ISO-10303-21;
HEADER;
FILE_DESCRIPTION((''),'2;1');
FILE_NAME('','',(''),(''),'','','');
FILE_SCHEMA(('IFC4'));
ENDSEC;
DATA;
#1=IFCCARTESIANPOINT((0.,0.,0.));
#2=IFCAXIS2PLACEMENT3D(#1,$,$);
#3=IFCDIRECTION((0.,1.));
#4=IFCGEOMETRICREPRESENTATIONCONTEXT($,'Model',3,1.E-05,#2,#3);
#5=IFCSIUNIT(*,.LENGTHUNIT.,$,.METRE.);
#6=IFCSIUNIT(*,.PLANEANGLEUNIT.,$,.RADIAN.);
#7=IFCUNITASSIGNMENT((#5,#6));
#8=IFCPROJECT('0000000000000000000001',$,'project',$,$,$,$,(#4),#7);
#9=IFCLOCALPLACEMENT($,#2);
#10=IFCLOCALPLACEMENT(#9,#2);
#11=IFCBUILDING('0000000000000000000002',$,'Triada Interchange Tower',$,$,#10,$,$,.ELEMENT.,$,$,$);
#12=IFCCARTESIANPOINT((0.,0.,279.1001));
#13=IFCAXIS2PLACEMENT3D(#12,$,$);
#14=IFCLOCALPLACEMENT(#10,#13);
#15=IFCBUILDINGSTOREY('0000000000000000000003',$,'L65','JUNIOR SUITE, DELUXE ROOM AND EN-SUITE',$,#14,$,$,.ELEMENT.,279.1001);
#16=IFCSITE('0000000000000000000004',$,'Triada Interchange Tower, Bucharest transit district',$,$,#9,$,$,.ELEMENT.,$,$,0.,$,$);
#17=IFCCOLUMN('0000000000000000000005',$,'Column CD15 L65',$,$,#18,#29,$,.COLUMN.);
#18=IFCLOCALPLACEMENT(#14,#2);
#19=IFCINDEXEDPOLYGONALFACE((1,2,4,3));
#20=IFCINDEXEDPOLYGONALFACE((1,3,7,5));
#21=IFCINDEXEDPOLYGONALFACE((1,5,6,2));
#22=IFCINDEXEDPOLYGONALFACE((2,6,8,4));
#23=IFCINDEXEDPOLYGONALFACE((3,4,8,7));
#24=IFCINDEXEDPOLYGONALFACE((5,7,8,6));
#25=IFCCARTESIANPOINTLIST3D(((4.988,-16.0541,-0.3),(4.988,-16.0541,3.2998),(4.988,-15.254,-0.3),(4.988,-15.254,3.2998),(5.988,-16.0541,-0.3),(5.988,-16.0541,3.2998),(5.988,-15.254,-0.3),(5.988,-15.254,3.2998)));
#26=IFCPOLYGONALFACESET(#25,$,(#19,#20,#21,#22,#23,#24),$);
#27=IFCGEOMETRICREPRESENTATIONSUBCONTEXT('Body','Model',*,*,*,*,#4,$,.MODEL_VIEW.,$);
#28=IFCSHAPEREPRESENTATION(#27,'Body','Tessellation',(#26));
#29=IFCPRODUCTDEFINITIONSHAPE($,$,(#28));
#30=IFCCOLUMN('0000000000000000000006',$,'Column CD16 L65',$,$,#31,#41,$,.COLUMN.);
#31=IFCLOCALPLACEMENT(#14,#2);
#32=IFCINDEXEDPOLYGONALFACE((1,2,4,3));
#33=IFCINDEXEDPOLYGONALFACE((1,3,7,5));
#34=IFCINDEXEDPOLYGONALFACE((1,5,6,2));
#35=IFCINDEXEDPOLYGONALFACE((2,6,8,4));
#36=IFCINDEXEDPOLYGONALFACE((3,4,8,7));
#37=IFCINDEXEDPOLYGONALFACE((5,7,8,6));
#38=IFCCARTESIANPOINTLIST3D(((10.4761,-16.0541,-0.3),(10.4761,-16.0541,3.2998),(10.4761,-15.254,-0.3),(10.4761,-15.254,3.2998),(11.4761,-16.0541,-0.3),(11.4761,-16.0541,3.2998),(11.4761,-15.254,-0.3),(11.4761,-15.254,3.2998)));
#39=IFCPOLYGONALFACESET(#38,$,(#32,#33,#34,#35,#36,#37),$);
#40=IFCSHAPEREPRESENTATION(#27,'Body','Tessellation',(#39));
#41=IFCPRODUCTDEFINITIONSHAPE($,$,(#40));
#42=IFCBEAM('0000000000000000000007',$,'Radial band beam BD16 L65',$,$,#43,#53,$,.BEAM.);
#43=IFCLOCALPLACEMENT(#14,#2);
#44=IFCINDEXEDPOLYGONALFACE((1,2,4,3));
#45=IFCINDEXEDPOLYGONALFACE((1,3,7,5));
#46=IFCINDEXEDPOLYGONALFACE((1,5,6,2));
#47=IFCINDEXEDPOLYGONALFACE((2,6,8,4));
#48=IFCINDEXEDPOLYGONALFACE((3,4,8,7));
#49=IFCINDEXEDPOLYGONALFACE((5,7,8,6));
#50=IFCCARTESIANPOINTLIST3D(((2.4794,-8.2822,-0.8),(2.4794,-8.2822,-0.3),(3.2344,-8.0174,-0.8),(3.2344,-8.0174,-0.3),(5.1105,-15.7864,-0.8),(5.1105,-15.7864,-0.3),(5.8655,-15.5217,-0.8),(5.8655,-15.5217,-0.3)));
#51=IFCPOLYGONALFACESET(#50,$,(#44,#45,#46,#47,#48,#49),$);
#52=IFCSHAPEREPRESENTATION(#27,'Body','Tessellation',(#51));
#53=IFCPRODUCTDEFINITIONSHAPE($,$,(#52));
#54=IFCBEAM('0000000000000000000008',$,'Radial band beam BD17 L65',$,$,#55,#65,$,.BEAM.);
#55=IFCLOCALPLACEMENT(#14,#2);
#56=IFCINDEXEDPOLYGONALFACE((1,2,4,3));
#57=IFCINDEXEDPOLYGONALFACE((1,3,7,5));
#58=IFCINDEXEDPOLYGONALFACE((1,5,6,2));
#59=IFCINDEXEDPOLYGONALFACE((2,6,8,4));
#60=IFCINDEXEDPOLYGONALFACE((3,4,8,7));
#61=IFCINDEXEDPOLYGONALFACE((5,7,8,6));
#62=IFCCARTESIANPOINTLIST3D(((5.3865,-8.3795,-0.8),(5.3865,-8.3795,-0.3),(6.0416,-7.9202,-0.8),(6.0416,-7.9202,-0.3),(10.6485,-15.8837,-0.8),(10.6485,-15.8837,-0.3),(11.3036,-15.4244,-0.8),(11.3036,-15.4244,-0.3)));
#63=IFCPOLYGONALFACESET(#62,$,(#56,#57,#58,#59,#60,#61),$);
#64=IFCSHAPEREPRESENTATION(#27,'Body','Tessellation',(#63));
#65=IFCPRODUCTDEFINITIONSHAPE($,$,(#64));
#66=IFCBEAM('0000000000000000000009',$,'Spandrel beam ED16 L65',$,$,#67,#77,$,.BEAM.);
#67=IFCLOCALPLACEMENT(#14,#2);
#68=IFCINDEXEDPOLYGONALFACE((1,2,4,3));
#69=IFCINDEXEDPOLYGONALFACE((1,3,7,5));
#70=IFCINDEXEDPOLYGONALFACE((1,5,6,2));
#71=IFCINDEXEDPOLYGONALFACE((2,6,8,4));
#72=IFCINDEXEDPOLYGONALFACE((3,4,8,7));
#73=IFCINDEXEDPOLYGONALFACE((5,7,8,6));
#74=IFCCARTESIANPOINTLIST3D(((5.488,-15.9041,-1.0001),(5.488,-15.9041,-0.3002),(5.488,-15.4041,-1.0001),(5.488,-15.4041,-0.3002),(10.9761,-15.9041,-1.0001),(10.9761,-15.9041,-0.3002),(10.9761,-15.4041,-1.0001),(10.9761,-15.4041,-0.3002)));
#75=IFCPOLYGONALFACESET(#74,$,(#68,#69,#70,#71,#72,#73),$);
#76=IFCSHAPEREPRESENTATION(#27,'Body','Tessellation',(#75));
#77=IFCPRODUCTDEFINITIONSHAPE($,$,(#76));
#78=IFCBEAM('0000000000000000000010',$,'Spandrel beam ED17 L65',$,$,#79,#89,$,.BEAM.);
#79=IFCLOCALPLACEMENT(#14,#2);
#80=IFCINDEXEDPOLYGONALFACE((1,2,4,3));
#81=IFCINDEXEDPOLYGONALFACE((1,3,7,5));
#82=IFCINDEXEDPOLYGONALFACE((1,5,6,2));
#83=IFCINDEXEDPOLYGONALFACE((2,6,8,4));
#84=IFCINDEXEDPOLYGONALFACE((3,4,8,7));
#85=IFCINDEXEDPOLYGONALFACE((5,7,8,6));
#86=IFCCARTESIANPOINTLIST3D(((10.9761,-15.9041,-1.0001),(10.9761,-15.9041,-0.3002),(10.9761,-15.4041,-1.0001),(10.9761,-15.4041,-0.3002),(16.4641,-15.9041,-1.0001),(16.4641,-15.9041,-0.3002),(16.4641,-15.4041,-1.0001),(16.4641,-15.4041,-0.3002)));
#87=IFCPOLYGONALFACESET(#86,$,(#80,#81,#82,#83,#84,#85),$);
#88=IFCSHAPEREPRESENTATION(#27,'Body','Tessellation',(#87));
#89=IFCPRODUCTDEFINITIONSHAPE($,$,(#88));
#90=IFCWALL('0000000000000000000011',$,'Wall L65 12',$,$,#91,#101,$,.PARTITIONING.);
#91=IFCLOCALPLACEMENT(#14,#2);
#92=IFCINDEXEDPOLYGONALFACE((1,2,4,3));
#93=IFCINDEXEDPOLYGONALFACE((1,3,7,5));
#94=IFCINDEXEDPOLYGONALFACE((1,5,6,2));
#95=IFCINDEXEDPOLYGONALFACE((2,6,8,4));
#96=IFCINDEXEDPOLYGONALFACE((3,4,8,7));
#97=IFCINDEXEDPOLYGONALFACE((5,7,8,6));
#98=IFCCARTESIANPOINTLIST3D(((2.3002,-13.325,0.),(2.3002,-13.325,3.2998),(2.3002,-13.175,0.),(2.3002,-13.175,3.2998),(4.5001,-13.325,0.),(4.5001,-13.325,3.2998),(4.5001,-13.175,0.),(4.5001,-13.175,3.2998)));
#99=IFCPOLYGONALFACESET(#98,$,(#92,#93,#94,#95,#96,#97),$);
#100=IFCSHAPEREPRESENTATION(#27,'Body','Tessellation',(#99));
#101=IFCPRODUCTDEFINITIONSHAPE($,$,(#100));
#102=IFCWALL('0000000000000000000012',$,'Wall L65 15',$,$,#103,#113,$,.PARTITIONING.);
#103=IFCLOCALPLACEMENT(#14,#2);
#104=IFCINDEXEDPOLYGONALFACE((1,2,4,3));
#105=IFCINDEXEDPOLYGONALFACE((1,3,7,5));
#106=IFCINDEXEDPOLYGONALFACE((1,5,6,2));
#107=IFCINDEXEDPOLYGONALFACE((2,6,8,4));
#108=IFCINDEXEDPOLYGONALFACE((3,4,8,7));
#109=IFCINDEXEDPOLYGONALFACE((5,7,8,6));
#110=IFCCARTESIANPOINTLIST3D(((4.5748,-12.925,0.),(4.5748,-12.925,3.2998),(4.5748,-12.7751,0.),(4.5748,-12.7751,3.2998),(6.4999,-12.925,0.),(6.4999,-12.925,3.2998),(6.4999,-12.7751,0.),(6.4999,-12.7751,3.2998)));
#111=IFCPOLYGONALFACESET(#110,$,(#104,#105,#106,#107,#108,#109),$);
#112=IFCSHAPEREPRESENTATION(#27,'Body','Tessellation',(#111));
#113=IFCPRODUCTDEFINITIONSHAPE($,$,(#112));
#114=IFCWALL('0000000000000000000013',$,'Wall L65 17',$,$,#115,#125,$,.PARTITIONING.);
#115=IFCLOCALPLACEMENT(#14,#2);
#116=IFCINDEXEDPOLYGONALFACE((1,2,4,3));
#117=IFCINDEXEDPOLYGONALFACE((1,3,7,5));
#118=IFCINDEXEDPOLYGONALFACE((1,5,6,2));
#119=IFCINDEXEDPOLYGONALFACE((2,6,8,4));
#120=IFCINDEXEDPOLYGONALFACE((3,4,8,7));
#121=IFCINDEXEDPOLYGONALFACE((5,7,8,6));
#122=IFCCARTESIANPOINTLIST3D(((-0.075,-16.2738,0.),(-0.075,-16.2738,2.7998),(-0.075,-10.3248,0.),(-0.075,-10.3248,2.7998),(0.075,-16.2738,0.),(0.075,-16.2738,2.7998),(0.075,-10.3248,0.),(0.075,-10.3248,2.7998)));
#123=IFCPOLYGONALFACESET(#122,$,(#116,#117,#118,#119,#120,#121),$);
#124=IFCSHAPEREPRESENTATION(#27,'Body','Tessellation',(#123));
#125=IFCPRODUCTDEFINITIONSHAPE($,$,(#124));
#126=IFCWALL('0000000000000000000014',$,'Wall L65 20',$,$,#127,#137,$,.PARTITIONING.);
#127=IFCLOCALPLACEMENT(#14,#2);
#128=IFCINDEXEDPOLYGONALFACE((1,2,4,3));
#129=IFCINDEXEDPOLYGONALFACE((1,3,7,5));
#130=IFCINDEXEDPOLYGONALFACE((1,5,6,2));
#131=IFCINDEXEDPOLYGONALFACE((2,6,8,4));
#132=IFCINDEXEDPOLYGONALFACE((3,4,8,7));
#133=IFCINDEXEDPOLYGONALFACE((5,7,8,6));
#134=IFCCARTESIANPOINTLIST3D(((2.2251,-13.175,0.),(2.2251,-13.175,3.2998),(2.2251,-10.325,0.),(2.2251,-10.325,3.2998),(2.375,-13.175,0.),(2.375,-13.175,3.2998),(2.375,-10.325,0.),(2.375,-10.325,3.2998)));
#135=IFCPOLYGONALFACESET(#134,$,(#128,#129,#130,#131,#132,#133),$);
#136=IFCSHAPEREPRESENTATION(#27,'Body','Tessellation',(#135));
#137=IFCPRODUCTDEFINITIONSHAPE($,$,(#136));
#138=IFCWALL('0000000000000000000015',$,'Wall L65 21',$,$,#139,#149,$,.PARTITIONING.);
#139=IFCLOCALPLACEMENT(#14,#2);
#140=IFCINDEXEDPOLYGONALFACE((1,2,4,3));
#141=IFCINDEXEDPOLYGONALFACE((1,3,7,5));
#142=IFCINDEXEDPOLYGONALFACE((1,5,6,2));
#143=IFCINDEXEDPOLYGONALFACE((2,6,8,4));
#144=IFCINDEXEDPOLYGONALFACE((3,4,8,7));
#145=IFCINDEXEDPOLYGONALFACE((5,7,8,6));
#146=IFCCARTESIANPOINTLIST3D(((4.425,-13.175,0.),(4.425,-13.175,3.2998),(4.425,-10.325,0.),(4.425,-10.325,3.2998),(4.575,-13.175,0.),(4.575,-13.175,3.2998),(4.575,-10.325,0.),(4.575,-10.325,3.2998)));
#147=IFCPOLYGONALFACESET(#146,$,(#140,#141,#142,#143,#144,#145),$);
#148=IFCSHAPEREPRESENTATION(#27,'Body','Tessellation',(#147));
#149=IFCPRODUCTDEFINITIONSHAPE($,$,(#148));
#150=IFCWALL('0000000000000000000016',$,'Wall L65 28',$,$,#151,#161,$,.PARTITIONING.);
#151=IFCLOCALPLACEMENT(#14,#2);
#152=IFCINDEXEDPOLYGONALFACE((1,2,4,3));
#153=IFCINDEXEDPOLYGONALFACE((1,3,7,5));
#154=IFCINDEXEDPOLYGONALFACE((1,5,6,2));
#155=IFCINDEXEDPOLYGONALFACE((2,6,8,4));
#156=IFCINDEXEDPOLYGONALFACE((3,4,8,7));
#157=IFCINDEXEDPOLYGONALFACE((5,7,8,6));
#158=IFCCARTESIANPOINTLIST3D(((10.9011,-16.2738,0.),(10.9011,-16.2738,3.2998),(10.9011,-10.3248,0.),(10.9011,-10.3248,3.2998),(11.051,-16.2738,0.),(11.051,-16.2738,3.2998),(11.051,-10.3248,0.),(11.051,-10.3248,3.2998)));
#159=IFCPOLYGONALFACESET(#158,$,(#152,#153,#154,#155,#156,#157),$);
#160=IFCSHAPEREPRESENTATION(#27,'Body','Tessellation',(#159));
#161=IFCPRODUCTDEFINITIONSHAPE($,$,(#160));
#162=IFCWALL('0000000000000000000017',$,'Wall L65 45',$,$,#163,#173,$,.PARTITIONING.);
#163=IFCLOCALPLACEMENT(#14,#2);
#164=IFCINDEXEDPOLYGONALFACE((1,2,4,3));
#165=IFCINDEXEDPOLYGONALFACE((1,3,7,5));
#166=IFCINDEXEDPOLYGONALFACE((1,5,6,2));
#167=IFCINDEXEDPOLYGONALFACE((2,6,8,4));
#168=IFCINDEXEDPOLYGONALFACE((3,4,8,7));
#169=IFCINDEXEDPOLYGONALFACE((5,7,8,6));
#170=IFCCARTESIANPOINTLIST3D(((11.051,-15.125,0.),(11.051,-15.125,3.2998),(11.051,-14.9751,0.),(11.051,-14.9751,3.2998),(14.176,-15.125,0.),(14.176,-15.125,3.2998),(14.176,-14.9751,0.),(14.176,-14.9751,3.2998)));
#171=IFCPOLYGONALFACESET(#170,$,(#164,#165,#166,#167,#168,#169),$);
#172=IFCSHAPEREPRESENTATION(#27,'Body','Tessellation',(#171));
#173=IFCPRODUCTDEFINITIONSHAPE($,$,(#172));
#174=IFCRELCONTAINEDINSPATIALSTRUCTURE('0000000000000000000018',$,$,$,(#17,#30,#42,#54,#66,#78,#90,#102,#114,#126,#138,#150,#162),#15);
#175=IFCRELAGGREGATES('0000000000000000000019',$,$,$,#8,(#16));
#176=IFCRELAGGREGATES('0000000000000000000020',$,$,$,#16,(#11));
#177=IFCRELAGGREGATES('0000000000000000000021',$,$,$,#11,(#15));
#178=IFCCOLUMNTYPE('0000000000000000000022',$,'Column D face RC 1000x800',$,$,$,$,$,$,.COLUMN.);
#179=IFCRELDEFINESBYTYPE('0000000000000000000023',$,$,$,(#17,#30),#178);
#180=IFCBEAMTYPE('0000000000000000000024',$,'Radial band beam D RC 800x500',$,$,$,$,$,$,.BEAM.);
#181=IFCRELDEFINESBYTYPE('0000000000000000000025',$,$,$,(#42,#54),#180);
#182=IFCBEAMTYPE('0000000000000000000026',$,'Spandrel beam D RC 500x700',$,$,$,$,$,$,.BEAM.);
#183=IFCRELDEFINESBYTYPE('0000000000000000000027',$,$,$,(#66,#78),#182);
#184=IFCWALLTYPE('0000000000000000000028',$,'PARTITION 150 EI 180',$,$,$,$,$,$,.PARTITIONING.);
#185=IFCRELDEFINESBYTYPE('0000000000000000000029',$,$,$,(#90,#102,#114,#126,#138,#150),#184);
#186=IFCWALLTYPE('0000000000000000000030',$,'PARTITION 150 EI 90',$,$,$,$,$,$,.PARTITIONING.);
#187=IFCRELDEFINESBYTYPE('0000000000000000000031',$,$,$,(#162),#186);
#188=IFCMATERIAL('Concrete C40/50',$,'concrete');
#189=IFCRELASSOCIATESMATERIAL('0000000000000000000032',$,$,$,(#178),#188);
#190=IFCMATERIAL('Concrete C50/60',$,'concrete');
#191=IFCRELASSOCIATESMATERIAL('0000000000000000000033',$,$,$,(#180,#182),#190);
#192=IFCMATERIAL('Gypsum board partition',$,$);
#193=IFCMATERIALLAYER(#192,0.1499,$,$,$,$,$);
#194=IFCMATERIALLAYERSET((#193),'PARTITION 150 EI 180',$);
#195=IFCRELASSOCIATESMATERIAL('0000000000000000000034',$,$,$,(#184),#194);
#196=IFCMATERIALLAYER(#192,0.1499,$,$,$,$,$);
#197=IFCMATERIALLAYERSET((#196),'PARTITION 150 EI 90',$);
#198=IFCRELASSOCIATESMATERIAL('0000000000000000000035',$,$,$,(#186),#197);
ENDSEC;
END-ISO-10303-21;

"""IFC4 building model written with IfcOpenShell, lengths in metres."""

from ifc_helpers import new_model, si_unit, direction, frame, frame_2d, origin, origin_2d, place, context, subcontext, project, spatial, rectangle, extrude, material, layer, layer_set, material_profile, profile_set, type_object, element, save


model = new_model("IFC4")

# Units and contexts
model_context = context("Model", 3, precision=1e-05, world=origin(), true_north=direction((0.0, 1.0)))
body_context = subcontext(model_context, "Body", "Model", "MODEL_VIEW")
ifc_project = project(units=[si_unit("LENGTHUNIT", "METRE"), si_unit("PLANEANGLEUNIT", "RADIAN")], contexts=[model_context])

# Site, building, storey
site_placement = place(None, origin())
site = spatial("IfcSite", under=ifc_project, at=site_placement, Name="Triada Interchange Tower, Bucharest transit district", CompositionType="ELEMENT", RefElevation=0.0)
building_placement = place(site_placement, origin())
building = spatial("IfcBuilding", under=site, at=building_placement, Name="Triada Interchange Tower", CompositionType="ELEMENT")
storey_placement = place(building_placement, frame((0.0, 0.0, 279.1001)))
storey = spatial("IfcBuildingStorey", under=building, at=storey_placement, Name="L65", Description="JUNIOR SUITE, DELUXE ROOM AND EN-SUITE", CompositionType="ELEMENT", Elevation=279.1001)

# Columns
ifc_material_1 = material(Name="Concrete C40/50", Category="concrete")
ifc_material_profile_1 = material_profile(ifc_material_1, rectangle(XDim=1.0, YDim=0.8, at=origin_2d()), Name="RC 1000x800")
ifc_profile_set_1 = profile_set([ifc_material_profile_1], Name="Concrete C40/50")
column_type = type_object("IfcColumnType", Name="Column D face RC 1000x800", PredefinedType="COLUMN", material=ifc_profile_set_1)
for number, where, z_axis, x_axis, name in (
    (1, (5.488, -15.6541, -0.3), (0.0, 0.0, 1.0), (1.0, 0.0, 0.0), "Column CD15 L65"),
    (2, (10.9761, -15.6541, -0.3), (0.0, 0.0, 1.0), (1.0, 0.0, 0.0), "Column CD16 L65"),
):
    element("IfcColumn", number, at=place(storey_placement, frame(where, z_axis=z_axis, x_axis=x_axis)), inside=storey, type_object=column_type, Name=name, PredefinedType="COLUMN", context=body_context, shape_type="SweptSolid", body=[
        extrude(rectangle(XDim=1.0, YDim=0.8, at=origin_2d()), origin(), (0.0, 0.0, 1.0), 3.5999),
    ])

# Beams
ifc_material_2 = material(Name="Concrete C50/60", Category="concrete")
ifc_material_profile_2 = material_profile(ifc_material_2, rectangle(XDim=0.8, YDim=0.5, at=origin_2d()), Name="RC 800x500")
ifc_profile_set_2 = profile_set([ifc_material_profile_2], Name="Concrete C50/60")
beam_type_1 = type_object("IfcBeamType", Name="Radial band beam D RC 800x500", PredefinedType="BEAM", material=ifc_profile_set_2)
beam_1_placement = place(storey_placement, frame((5.488, -15.6541, -0.55), z_axis=(-0.330871, 0.943676, 0.0), x_axis=(-0.943676, -0.330871, 0.0)))
element("IfcBeam", 3, at=beam_1_placement, inside=storey, type_object=beam_type_1, Name="Radial band beam BD16 L65", PredefinedType="BEAM", context=body_context, shape_type="SweptSolid", body=[
    extrude(rectangle(XDim=0.8, YDim=0.5, at=origin_2d()), origin(), (0.0, 0.0, 1.0), 7.9521),
])
beam_2_placement = place(storey_placement, frame((10.9761, -15.6541, -0.55), z_axis=(-0.574125, 0.818767, 0.0), x_axis=(-0.818767, -0.574125, 0.0)))
element("IfcBeam", 4, at=beam_2_placement, inside=storey, type_object=beam_type_1, Name="Radial band beam BD17 L65", PredefinedType="BEAM", context=body_context, shape_type="SweptSolid", body=[
    extrude(rectangle(XDim=0.8, YDim=0.5, at=origin_2d()), origin(), (0.0, 0.0, 1.0), 9.1653),
])
ifc_material_profile_3 = material_profile(ifc_material_2, rectangle(XDim=0.5, YDim=0.7, at=origin_2d()), Name="RC 500x700")
ifc_profile_set_3 = profile_set([ifc_material_profile_3], Name="Concrete C50/60")
beam_type_2 = type_object("IfcBeamType", Name="Spandrel beam D RC 500x700", PredefinedType="BEAM", material=ifc_profile_set_3)
for number, where, z_axis, x_axis, name in (
    (5, (5.488, -15.6541, -0.6501), (1.0, 0.0, 0.0), (0.0, 1.0, 0.0), "Spandrel beam ED16 L65"),
    (6, (10.9761, -15.6541, -0.6501), (1.0, 0.0, 0.0), (0.0, 1.0, 0.0), "Spandrel beam ED17 L65"),
):
    element("IfcBeam", number, at=place(storey_placement, frame(where, z_axis=z_axis, x_axis=x_axis)), inside=storey, type_object=beam_type_2, Name=name, PredefinedType="BEAM", context=body_context, shape_type="SweptSolid", body=[
        extrude(rectangle(XDim=0.5, YDim=0.7, at=origin_2d()), origin(), (0.0, 0.0, 1.0), 5.488),
    ])

# Walls
ifc_material_3 = material(Name="Gypsum board partition")
ifc_layer_1 = layer(ifc_material_3, 0.1499)
ifc_layer_set_1 = layer_set([ifc_layer_1], Name="PARTITION 150 EI 180")
wall_type_1 = type_object("IfcWallType", Name="PARTITION 150 EI 180", PredefinedType="PARTITIONING", material=ifc_layer_set_1)
wall_1_placement = place(storey_placement, frame((2.3, -13.25, 0.0), z_axis=(0.0, 0.0, 1.0), x_axis=(1.0, 0.0, 0.0)))
element("IfcWall", 7, at=wall_1_placement, inside=storey, type_object=wall_type_1, Name="Wall L65 12", PredefinedType="PARTITIONING", context=body_context, shape_type="SweptSolid", body=[
    extrude(rectangle(XDim=2.2, YDim=0.1499, at=frame_2d((1.1001, 0.0))), origin(), (0.0, 0.0, 1.0), 3.2998),
])
wall_2_placement = place(storey_placement, frame((4.575, -12.8501, 0.0), z_axis=(0.0, 0.0, 1.0), x_axis=(1.0, 0.0, 0.0)))
element("IfcWall", 8, at=wall_2_placement, inside=storey, type_object=wall_type_1, Name="Wall L65 15", PredefinedType="PARTITIONING", context=body_context, shape_type="SweptSolid", body=[
    extrude(rectangle(XDim=1.925, YDim=0.1499, at=frame_2d((0.9624, 0.0))), origin(), (0.0, 0.0, 1.0), 3.2998),
])
wall_3_placement = place(storey_placement, frame((0.0, -16.2739, 0.0), z_axis=(0.0, 0.0, 1.0), x_axis=(0.0, 1.0, 0.0)))
element("IfcWall", 9, at=wall_3_placement, inside=storey, type_object=wall_type_1, Name="Wall L65 17", PredefinedType="PARTITIONING", context=body_context, shape_type="SweptSolid", body=[
    extrude(rectangle(XDim=5.949, YDim=0.1499, at=frame_2d((2.9746, 0.0))), origin(), (0.0, 0.0, 1.0), 2.7998),
])
for number, where, z_axis, x_axis, name in (
    (10, (2.3, -13.175, 0.0), (0.0, 0.0, 1.0), (0.0, 1.0, 0.0), "Wall L65 20"),
    (11, (4.5, -13.175, 0.0), (0.0, 0.0, 1.0), (0.0, 1.0, 0.0), "Wall L65 21"),
):
    element("IfcWall", number, at=place(storey_placement, frame(where, z_axis=z_axis, x_axis=x_axis)), inside=storey, type_object=wall_type_1, Name=name, PredefinedType="PARTITIONING", context=body_context, shape_type="SweptSolid", body=[
        extrude(rectangle(XDim=2.8501, YDim=0.1499, at=frame_2d((1.425, 0.0))), origin(), (0.0, 0.0, 1.0), 3.2998),
    ])
wall_4_placement = place(storey_placement, frame((10.9761, -16.2739, 0.0), z_axis=(0.0, 0.0, 1.0), x_axis=(0.0, 1.0, 0.0)))
element("IfcWall", 12, at=wall_4_placement, inside=storey, type_object=wall_type_1, Name="Wall L65 28", PredefinedType="PARTITIONING", context=body_context, shape_type="SweptSolid", body=[
    extrude(rectangle(XDim=5.949, YDim=0.1499, at=frame_2d((2.9746, 0.0))), origin(), (0.0, 0.0, 1.0), 3.2998),
])
ifc_layer_2 = layer(ifc_material_3, 0.1499)
ifc_layer_set_2 = layer_set([ifc_layer_2], Name="PARTITION 150 EI 90")
wall_type_2 = type_object("IfcWallType", Name="PARTITION 150 EI 90", PredefinedType="PARTITIONING", material=ifc_layer_set_2)
wall_5_placement = place(storey_placement, frame((11.051, -15.05, 0.0), z_axis=(0.0, 0.0, 1.0), x_axis=(1.0, 0.0, 0.0)))
element("IfcWall", 13, at=wall_5_placement, inside=storey, type_object=wall_type_2, Name="Wall L65 45", PredefinedType="PARTITIONING", context=body_context, shape_type="SweptSolid", body=[
    extrude(rectangle(XDim=3.125, YDim=0.1499, at=frame_2d((1.5625, 0.0))), origin(), (0.0, 0.0, 1.0), 3.2998),
])

save(model, "model.ifc")
